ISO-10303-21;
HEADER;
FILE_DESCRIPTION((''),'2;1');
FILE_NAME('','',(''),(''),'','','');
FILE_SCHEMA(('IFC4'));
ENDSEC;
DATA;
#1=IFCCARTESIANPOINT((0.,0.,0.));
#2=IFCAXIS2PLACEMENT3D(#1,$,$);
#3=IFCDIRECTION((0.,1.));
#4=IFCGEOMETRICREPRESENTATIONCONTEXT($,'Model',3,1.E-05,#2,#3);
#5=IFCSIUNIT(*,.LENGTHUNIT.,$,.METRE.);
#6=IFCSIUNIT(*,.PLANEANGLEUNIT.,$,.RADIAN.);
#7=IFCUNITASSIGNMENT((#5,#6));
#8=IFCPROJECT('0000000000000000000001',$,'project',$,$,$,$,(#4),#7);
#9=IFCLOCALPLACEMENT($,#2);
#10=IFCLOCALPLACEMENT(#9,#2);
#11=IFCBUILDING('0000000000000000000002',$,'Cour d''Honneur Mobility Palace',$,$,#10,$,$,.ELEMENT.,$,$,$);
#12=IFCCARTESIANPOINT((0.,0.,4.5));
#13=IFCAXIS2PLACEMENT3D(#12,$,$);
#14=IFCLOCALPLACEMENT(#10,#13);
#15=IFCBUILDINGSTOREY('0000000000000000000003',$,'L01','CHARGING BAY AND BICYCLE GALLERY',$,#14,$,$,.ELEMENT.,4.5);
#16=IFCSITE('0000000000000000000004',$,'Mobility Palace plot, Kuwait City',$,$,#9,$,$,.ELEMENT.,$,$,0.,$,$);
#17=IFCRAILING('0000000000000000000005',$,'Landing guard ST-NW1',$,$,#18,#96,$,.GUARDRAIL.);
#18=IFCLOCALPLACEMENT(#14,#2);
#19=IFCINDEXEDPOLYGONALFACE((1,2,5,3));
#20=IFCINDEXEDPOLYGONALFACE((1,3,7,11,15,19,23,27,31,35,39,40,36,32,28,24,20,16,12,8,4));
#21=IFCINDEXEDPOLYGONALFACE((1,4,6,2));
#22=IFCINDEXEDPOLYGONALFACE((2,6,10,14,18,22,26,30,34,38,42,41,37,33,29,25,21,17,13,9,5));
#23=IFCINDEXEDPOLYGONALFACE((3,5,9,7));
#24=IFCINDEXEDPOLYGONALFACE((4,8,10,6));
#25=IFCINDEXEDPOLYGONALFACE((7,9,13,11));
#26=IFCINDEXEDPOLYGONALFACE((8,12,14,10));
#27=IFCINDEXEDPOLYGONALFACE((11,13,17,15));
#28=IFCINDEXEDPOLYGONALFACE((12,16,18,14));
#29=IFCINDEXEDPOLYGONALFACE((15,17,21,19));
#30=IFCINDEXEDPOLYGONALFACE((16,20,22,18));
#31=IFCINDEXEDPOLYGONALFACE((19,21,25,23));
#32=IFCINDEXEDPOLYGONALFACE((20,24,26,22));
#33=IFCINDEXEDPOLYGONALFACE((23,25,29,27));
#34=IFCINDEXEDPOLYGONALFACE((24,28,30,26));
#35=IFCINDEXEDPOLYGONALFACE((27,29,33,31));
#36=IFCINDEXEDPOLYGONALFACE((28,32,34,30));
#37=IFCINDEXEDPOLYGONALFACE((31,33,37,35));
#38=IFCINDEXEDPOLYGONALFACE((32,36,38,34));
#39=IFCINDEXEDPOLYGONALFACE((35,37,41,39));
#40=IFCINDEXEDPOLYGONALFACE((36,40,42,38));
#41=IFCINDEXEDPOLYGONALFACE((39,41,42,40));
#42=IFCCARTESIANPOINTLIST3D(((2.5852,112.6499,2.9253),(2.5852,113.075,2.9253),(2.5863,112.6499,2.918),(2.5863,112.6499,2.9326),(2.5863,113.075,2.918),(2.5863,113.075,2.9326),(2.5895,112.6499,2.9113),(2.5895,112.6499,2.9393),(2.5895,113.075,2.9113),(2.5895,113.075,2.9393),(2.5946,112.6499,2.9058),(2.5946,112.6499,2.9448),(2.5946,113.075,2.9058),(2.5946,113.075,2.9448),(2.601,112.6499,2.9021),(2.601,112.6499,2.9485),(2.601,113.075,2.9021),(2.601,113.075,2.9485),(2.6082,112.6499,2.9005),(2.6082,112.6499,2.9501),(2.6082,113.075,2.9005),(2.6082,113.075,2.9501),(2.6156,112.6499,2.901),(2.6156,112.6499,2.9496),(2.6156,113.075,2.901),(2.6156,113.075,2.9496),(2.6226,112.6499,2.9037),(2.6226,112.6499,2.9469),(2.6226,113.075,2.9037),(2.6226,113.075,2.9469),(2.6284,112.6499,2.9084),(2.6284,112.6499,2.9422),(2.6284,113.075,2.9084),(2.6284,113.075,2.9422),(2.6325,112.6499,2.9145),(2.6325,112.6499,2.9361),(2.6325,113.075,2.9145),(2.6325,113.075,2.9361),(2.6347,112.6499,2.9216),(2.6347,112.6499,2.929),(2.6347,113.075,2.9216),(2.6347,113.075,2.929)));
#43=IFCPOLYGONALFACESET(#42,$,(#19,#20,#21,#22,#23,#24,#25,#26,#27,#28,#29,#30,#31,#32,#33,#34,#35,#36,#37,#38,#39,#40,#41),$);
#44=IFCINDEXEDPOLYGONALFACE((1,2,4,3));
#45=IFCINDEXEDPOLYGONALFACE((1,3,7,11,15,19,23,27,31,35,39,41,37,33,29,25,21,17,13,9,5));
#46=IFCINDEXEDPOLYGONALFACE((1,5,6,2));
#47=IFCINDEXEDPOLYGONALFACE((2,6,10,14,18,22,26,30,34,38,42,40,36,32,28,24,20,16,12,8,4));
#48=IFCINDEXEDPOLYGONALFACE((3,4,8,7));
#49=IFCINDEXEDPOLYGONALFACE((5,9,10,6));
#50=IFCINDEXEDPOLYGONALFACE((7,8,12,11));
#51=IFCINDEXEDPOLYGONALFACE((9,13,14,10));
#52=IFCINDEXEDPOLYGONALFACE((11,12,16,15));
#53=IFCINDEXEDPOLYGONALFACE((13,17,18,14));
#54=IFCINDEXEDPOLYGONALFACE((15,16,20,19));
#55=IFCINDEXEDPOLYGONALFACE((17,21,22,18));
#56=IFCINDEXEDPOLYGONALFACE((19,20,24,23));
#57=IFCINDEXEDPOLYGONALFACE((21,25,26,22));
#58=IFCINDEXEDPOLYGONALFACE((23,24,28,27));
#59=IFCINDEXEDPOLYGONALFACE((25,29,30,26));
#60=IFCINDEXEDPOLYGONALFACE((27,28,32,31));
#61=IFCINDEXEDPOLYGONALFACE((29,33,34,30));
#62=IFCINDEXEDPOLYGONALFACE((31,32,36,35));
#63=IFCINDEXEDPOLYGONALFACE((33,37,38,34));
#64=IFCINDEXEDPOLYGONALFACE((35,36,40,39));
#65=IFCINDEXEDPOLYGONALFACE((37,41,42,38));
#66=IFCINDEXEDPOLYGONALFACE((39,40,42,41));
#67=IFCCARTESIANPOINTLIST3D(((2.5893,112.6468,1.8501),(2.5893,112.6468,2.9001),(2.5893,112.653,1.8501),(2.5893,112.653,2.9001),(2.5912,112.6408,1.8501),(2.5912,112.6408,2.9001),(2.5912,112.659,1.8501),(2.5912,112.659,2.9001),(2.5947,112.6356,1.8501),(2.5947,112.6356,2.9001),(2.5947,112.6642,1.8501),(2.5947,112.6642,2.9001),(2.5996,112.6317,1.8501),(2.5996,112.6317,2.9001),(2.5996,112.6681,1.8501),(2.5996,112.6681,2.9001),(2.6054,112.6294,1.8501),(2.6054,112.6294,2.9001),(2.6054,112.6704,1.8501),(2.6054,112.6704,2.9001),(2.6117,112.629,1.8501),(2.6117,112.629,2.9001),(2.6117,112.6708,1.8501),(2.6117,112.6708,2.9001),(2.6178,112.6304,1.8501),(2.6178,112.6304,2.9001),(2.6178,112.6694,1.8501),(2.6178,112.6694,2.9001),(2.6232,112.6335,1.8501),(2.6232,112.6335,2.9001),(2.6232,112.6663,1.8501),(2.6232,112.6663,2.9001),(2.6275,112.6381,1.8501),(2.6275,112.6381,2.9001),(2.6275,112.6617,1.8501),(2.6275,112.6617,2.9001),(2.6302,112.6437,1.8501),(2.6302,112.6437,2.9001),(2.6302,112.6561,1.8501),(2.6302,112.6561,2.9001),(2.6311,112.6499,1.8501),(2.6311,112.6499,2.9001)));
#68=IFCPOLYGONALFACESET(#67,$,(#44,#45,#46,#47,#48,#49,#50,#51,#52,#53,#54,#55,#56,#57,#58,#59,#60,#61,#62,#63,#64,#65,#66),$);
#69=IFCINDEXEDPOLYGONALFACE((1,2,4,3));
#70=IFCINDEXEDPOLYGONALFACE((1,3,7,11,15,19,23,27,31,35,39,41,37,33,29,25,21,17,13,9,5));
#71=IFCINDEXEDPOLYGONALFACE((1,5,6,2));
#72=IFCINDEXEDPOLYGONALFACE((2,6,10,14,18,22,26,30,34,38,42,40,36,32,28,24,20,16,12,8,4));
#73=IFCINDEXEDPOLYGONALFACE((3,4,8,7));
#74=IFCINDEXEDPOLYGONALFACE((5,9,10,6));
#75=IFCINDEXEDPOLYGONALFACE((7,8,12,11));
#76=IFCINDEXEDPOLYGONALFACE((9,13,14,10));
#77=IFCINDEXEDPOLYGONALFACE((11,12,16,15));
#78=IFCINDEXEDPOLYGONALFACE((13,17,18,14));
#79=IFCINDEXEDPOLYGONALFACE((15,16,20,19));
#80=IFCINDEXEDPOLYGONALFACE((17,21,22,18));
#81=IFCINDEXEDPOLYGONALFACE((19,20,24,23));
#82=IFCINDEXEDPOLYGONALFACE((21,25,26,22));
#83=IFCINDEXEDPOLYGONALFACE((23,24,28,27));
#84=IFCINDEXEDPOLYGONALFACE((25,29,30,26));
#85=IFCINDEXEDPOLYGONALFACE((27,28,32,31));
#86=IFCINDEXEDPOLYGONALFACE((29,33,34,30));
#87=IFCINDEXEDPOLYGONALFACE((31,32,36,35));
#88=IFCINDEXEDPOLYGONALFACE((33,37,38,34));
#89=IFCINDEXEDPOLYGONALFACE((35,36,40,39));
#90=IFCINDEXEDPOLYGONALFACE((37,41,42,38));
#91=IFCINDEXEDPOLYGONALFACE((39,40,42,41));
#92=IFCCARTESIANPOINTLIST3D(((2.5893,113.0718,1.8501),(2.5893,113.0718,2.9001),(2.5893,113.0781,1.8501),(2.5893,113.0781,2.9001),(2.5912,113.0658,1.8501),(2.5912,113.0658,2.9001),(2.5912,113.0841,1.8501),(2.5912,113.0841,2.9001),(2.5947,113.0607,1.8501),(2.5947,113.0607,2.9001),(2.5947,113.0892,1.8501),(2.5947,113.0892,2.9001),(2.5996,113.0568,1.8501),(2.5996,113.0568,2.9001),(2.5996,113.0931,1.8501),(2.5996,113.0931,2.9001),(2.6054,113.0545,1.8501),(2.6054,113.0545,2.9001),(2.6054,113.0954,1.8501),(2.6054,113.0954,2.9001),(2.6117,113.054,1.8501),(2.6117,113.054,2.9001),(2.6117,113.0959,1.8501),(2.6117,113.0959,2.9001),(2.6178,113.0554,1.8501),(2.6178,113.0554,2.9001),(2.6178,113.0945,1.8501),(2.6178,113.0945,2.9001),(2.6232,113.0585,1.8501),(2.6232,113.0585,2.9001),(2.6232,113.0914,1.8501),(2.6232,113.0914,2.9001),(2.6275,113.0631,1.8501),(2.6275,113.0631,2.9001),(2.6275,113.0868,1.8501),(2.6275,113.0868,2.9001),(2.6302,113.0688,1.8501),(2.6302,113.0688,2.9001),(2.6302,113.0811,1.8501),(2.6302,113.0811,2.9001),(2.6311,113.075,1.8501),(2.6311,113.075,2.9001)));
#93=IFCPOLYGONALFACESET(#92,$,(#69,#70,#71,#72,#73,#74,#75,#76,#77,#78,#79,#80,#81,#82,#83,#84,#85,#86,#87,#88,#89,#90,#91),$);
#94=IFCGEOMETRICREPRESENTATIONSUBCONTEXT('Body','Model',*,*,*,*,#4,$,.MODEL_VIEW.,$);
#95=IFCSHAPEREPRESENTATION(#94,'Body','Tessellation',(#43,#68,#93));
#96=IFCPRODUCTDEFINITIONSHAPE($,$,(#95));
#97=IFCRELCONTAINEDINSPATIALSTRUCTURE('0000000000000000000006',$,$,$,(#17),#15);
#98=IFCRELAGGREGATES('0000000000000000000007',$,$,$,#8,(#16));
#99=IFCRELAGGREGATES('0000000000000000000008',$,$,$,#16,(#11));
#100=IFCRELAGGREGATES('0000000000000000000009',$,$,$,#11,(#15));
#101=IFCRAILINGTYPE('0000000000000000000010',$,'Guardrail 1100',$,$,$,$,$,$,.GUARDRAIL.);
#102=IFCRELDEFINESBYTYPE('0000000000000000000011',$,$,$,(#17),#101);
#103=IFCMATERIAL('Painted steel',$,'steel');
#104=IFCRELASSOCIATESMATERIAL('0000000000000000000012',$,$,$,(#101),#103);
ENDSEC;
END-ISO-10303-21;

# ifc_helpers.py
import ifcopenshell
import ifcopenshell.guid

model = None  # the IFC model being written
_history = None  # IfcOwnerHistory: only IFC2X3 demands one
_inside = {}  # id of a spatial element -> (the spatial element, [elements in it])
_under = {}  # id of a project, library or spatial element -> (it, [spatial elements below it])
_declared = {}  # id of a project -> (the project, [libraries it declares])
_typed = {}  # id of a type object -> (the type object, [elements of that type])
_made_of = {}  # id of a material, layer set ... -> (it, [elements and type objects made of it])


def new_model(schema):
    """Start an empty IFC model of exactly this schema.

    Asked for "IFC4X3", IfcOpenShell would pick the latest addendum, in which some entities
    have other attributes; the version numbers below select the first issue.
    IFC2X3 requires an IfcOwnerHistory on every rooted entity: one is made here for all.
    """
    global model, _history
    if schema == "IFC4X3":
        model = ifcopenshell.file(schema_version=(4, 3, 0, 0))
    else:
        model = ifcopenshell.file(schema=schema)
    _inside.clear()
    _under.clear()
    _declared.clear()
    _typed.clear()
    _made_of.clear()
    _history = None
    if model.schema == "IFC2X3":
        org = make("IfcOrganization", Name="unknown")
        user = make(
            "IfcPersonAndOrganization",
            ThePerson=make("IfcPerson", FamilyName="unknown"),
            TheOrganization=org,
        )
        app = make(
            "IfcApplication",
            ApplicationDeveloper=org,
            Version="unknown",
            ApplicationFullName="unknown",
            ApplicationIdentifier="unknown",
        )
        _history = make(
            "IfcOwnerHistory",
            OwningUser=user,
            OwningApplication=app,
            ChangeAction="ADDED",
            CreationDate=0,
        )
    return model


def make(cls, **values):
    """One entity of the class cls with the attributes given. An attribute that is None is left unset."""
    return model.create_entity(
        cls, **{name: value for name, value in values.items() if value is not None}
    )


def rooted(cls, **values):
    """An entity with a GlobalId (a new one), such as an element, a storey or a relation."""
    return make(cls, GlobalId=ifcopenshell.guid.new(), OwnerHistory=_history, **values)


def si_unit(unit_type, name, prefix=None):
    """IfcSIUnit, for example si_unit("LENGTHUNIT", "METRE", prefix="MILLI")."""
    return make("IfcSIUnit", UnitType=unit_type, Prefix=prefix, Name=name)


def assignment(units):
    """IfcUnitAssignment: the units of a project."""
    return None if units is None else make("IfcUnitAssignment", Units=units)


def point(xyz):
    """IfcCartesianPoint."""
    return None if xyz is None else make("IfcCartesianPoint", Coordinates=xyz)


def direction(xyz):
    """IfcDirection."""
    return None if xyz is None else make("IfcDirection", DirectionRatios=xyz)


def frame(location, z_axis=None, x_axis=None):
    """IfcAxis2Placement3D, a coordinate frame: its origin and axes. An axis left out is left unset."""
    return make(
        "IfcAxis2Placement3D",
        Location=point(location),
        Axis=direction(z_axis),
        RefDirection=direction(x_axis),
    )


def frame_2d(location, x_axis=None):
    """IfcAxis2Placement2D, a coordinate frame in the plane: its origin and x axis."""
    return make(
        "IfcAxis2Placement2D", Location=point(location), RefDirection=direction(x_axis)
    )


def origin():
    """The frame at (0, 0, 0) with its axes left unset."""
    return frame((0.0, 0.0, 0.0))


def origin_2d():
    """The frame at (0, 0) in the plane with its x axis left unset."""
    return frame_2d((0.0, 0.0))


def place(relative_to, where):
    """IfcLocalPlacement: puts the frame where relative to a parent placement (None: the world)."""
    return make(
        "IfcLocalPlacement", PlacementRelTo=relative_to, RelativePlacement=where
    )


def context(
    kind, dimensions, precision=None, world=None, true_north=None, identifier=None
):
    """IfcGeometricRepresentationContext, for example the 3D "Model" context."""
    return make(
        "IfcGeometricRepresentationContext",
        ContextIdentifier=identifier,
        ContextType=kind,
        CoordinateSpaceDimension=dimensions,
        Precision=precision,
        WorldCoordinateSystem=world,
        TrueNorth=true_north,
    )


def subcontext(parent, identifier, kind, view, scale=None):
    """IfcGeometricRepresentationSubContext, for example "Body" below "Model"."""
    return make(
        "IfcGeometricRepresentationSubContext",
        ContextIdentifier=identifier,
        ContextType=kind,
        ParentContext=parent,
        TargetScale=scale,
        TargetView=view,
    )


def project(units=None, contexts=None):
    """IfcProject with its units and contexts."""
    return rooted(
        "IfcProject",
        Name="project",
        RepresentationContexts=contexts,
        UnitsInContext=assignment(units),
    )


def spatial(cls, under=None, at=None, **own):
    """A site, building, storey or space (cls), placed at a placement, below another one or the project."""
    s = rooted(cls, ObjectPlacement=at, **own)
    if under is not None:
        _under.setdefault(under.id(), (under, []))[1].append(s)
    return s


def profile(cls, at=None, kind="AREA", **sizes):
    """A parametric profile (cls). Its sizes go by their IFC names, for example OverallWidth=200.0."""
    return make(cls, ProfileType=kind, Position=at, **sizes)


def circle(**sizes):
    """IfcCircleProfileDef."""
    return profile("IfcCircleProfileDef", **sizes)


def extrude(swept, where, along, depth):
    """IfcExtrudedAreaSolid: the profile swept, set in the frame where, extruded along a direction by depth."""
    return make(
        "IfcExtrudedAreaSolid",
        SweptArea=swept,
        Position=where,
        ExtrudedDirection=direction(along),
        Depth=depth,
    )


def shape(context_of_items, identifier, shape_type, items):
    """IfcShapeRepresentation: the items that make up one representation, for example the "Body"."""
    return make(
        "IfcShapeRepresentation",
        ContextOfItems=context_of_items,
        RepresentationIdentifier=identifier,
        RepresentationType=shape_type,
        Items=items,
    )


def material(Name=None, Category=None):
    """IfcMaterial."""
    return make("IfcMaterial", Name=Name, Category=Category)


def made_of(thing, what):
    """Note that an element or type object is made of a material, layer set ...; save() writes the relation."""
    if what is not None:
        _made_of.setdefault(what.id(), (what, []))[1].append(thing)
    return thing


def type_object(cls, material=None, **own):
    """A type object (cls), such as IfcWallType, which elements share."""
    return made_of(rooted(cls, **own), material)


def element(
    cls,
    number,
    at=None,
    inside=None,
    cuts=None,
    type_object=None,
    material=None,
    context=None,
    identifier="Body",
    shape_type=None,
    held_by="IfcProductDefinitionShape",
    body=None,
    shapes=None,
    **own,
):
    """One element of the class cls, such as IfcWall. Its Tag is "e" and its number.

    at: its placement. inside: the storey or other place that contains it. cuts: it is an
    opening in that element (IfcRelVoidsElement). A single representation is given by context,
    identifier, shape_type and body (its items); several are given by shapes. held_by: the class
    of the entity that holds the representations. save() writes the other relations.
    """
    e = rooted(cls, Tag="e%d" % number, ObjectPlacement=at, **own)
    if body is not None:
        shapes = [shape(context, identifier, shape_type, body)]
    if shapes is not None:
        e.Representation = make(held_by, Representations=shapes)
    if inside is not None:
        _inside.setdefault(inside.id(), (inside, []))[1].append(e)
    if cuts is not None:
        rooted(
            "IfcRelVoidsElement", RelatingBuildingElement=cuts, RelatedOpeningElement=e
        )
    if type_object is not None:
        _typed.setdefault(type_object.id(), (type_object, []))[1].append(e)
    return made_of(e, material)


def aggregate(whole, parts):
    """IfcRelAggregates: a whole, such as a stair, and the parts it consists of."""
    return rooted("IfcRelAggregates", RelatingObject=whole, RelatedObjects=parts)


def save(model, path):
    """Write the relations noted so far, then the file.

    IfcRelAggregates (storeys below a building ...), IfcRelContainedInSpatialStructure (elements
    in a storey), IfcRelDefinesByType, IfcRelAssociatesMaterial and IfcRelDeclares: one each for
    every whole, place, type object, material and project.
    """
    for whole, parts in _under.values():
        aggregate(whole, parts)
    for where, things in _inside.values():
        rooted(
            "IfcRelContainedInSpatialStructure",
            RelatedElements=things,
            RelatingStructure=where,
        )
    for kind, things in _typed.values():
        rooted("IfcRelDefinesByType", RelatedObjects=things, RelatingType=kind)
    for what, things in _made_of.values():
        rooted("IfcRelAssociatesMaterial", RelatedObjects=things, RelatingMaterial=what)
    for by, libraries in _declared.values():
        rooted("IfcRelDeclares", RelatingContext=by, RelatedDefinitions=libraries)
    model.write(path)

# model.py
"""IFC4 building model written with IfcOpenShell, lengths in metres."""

from ifc_helpers import new_model, si_unit, direction, frame, origin, origin_2d, place, context, subcontext, project, spatial, circle, extrude, material, type_object, element, save


model = new_model("IFC4")

# Units and contexts
model_context = context("Model", 3, precision=1e-05, world=origin(), true_north=direction((0.0, 1.0)))
body_context = subcontext(model_context, "Body", "Model", "MODEL_VIEW")
ifc_project = project(units=[si_unit("LENGTHUNIT", "METRE"), si_unit("PLANEANGLEUNIT", "RADIAN")], contexts=[model_context])

# Site, building, storey
site_placement = place(None, origin())
site = spatial("IfcSite", under=ifc_project, at=site_placement, Name="Mobility Palace plot, Kuwait City", CompositionType="ELEMENT", RefElevation=0.0)
building_placement = place(site_placement, origin())
building = spatial("IfcBuilding", under=site, at=building_placement, Name="Cour d'Honneur Mobility Palace", CompositionType="ELEMENT")
storey_placement = place(building_placement, frame((0.0, 0.0, 4.5)))
storey = spatial("IfcBuildingStorey", under=building, at=storey_placement, Name="L01", Description="CHARGING BAY AND BICYCLE GALLERY", CompositionType="ELEMENT", Elevation=4.5)

# Railing
ifc_material_1 = material(Name="Painted steel", Category="steel")
railing_type_1 = type_object("IfcRailingType", Name="Guardrail 1100", PredefinedType="GUARDRAIL", material=ifc_material_1)
railing_1_placement = place(storey_placement, frame((2.6101, 112.6499, 1.8501)))
element("IfcRailing", 1, at=railing_1_placement, inside=storey, type_object=railing_type_1, Name="Landing guard ST-NW1", PredefinedType="GUARDRAIL", context=body_context, shape_type="SweptSolid", body=[
    extrude(circle(Radius=0.0249, at=origin_2d()), frame((0.0, 0.0, 1.0752), z_axis=(0.0, 1.0, 0.0), x_axis=(-1.0, 0.0, 0.0)), (0.0, 0.0, 1.0), 0.425),
    extrude(circle(Radius=0.021, at=origin_2d()), origin(), (0.0, 0.0, 1.0), 1.05),
    extrude(circle(Radius=0.021, at=origin_2d()), frame((0.0, 0.425, 0.0)), (0.0, 0.0, 1.0), 1.05),
])

save(model, "model.ifc")
